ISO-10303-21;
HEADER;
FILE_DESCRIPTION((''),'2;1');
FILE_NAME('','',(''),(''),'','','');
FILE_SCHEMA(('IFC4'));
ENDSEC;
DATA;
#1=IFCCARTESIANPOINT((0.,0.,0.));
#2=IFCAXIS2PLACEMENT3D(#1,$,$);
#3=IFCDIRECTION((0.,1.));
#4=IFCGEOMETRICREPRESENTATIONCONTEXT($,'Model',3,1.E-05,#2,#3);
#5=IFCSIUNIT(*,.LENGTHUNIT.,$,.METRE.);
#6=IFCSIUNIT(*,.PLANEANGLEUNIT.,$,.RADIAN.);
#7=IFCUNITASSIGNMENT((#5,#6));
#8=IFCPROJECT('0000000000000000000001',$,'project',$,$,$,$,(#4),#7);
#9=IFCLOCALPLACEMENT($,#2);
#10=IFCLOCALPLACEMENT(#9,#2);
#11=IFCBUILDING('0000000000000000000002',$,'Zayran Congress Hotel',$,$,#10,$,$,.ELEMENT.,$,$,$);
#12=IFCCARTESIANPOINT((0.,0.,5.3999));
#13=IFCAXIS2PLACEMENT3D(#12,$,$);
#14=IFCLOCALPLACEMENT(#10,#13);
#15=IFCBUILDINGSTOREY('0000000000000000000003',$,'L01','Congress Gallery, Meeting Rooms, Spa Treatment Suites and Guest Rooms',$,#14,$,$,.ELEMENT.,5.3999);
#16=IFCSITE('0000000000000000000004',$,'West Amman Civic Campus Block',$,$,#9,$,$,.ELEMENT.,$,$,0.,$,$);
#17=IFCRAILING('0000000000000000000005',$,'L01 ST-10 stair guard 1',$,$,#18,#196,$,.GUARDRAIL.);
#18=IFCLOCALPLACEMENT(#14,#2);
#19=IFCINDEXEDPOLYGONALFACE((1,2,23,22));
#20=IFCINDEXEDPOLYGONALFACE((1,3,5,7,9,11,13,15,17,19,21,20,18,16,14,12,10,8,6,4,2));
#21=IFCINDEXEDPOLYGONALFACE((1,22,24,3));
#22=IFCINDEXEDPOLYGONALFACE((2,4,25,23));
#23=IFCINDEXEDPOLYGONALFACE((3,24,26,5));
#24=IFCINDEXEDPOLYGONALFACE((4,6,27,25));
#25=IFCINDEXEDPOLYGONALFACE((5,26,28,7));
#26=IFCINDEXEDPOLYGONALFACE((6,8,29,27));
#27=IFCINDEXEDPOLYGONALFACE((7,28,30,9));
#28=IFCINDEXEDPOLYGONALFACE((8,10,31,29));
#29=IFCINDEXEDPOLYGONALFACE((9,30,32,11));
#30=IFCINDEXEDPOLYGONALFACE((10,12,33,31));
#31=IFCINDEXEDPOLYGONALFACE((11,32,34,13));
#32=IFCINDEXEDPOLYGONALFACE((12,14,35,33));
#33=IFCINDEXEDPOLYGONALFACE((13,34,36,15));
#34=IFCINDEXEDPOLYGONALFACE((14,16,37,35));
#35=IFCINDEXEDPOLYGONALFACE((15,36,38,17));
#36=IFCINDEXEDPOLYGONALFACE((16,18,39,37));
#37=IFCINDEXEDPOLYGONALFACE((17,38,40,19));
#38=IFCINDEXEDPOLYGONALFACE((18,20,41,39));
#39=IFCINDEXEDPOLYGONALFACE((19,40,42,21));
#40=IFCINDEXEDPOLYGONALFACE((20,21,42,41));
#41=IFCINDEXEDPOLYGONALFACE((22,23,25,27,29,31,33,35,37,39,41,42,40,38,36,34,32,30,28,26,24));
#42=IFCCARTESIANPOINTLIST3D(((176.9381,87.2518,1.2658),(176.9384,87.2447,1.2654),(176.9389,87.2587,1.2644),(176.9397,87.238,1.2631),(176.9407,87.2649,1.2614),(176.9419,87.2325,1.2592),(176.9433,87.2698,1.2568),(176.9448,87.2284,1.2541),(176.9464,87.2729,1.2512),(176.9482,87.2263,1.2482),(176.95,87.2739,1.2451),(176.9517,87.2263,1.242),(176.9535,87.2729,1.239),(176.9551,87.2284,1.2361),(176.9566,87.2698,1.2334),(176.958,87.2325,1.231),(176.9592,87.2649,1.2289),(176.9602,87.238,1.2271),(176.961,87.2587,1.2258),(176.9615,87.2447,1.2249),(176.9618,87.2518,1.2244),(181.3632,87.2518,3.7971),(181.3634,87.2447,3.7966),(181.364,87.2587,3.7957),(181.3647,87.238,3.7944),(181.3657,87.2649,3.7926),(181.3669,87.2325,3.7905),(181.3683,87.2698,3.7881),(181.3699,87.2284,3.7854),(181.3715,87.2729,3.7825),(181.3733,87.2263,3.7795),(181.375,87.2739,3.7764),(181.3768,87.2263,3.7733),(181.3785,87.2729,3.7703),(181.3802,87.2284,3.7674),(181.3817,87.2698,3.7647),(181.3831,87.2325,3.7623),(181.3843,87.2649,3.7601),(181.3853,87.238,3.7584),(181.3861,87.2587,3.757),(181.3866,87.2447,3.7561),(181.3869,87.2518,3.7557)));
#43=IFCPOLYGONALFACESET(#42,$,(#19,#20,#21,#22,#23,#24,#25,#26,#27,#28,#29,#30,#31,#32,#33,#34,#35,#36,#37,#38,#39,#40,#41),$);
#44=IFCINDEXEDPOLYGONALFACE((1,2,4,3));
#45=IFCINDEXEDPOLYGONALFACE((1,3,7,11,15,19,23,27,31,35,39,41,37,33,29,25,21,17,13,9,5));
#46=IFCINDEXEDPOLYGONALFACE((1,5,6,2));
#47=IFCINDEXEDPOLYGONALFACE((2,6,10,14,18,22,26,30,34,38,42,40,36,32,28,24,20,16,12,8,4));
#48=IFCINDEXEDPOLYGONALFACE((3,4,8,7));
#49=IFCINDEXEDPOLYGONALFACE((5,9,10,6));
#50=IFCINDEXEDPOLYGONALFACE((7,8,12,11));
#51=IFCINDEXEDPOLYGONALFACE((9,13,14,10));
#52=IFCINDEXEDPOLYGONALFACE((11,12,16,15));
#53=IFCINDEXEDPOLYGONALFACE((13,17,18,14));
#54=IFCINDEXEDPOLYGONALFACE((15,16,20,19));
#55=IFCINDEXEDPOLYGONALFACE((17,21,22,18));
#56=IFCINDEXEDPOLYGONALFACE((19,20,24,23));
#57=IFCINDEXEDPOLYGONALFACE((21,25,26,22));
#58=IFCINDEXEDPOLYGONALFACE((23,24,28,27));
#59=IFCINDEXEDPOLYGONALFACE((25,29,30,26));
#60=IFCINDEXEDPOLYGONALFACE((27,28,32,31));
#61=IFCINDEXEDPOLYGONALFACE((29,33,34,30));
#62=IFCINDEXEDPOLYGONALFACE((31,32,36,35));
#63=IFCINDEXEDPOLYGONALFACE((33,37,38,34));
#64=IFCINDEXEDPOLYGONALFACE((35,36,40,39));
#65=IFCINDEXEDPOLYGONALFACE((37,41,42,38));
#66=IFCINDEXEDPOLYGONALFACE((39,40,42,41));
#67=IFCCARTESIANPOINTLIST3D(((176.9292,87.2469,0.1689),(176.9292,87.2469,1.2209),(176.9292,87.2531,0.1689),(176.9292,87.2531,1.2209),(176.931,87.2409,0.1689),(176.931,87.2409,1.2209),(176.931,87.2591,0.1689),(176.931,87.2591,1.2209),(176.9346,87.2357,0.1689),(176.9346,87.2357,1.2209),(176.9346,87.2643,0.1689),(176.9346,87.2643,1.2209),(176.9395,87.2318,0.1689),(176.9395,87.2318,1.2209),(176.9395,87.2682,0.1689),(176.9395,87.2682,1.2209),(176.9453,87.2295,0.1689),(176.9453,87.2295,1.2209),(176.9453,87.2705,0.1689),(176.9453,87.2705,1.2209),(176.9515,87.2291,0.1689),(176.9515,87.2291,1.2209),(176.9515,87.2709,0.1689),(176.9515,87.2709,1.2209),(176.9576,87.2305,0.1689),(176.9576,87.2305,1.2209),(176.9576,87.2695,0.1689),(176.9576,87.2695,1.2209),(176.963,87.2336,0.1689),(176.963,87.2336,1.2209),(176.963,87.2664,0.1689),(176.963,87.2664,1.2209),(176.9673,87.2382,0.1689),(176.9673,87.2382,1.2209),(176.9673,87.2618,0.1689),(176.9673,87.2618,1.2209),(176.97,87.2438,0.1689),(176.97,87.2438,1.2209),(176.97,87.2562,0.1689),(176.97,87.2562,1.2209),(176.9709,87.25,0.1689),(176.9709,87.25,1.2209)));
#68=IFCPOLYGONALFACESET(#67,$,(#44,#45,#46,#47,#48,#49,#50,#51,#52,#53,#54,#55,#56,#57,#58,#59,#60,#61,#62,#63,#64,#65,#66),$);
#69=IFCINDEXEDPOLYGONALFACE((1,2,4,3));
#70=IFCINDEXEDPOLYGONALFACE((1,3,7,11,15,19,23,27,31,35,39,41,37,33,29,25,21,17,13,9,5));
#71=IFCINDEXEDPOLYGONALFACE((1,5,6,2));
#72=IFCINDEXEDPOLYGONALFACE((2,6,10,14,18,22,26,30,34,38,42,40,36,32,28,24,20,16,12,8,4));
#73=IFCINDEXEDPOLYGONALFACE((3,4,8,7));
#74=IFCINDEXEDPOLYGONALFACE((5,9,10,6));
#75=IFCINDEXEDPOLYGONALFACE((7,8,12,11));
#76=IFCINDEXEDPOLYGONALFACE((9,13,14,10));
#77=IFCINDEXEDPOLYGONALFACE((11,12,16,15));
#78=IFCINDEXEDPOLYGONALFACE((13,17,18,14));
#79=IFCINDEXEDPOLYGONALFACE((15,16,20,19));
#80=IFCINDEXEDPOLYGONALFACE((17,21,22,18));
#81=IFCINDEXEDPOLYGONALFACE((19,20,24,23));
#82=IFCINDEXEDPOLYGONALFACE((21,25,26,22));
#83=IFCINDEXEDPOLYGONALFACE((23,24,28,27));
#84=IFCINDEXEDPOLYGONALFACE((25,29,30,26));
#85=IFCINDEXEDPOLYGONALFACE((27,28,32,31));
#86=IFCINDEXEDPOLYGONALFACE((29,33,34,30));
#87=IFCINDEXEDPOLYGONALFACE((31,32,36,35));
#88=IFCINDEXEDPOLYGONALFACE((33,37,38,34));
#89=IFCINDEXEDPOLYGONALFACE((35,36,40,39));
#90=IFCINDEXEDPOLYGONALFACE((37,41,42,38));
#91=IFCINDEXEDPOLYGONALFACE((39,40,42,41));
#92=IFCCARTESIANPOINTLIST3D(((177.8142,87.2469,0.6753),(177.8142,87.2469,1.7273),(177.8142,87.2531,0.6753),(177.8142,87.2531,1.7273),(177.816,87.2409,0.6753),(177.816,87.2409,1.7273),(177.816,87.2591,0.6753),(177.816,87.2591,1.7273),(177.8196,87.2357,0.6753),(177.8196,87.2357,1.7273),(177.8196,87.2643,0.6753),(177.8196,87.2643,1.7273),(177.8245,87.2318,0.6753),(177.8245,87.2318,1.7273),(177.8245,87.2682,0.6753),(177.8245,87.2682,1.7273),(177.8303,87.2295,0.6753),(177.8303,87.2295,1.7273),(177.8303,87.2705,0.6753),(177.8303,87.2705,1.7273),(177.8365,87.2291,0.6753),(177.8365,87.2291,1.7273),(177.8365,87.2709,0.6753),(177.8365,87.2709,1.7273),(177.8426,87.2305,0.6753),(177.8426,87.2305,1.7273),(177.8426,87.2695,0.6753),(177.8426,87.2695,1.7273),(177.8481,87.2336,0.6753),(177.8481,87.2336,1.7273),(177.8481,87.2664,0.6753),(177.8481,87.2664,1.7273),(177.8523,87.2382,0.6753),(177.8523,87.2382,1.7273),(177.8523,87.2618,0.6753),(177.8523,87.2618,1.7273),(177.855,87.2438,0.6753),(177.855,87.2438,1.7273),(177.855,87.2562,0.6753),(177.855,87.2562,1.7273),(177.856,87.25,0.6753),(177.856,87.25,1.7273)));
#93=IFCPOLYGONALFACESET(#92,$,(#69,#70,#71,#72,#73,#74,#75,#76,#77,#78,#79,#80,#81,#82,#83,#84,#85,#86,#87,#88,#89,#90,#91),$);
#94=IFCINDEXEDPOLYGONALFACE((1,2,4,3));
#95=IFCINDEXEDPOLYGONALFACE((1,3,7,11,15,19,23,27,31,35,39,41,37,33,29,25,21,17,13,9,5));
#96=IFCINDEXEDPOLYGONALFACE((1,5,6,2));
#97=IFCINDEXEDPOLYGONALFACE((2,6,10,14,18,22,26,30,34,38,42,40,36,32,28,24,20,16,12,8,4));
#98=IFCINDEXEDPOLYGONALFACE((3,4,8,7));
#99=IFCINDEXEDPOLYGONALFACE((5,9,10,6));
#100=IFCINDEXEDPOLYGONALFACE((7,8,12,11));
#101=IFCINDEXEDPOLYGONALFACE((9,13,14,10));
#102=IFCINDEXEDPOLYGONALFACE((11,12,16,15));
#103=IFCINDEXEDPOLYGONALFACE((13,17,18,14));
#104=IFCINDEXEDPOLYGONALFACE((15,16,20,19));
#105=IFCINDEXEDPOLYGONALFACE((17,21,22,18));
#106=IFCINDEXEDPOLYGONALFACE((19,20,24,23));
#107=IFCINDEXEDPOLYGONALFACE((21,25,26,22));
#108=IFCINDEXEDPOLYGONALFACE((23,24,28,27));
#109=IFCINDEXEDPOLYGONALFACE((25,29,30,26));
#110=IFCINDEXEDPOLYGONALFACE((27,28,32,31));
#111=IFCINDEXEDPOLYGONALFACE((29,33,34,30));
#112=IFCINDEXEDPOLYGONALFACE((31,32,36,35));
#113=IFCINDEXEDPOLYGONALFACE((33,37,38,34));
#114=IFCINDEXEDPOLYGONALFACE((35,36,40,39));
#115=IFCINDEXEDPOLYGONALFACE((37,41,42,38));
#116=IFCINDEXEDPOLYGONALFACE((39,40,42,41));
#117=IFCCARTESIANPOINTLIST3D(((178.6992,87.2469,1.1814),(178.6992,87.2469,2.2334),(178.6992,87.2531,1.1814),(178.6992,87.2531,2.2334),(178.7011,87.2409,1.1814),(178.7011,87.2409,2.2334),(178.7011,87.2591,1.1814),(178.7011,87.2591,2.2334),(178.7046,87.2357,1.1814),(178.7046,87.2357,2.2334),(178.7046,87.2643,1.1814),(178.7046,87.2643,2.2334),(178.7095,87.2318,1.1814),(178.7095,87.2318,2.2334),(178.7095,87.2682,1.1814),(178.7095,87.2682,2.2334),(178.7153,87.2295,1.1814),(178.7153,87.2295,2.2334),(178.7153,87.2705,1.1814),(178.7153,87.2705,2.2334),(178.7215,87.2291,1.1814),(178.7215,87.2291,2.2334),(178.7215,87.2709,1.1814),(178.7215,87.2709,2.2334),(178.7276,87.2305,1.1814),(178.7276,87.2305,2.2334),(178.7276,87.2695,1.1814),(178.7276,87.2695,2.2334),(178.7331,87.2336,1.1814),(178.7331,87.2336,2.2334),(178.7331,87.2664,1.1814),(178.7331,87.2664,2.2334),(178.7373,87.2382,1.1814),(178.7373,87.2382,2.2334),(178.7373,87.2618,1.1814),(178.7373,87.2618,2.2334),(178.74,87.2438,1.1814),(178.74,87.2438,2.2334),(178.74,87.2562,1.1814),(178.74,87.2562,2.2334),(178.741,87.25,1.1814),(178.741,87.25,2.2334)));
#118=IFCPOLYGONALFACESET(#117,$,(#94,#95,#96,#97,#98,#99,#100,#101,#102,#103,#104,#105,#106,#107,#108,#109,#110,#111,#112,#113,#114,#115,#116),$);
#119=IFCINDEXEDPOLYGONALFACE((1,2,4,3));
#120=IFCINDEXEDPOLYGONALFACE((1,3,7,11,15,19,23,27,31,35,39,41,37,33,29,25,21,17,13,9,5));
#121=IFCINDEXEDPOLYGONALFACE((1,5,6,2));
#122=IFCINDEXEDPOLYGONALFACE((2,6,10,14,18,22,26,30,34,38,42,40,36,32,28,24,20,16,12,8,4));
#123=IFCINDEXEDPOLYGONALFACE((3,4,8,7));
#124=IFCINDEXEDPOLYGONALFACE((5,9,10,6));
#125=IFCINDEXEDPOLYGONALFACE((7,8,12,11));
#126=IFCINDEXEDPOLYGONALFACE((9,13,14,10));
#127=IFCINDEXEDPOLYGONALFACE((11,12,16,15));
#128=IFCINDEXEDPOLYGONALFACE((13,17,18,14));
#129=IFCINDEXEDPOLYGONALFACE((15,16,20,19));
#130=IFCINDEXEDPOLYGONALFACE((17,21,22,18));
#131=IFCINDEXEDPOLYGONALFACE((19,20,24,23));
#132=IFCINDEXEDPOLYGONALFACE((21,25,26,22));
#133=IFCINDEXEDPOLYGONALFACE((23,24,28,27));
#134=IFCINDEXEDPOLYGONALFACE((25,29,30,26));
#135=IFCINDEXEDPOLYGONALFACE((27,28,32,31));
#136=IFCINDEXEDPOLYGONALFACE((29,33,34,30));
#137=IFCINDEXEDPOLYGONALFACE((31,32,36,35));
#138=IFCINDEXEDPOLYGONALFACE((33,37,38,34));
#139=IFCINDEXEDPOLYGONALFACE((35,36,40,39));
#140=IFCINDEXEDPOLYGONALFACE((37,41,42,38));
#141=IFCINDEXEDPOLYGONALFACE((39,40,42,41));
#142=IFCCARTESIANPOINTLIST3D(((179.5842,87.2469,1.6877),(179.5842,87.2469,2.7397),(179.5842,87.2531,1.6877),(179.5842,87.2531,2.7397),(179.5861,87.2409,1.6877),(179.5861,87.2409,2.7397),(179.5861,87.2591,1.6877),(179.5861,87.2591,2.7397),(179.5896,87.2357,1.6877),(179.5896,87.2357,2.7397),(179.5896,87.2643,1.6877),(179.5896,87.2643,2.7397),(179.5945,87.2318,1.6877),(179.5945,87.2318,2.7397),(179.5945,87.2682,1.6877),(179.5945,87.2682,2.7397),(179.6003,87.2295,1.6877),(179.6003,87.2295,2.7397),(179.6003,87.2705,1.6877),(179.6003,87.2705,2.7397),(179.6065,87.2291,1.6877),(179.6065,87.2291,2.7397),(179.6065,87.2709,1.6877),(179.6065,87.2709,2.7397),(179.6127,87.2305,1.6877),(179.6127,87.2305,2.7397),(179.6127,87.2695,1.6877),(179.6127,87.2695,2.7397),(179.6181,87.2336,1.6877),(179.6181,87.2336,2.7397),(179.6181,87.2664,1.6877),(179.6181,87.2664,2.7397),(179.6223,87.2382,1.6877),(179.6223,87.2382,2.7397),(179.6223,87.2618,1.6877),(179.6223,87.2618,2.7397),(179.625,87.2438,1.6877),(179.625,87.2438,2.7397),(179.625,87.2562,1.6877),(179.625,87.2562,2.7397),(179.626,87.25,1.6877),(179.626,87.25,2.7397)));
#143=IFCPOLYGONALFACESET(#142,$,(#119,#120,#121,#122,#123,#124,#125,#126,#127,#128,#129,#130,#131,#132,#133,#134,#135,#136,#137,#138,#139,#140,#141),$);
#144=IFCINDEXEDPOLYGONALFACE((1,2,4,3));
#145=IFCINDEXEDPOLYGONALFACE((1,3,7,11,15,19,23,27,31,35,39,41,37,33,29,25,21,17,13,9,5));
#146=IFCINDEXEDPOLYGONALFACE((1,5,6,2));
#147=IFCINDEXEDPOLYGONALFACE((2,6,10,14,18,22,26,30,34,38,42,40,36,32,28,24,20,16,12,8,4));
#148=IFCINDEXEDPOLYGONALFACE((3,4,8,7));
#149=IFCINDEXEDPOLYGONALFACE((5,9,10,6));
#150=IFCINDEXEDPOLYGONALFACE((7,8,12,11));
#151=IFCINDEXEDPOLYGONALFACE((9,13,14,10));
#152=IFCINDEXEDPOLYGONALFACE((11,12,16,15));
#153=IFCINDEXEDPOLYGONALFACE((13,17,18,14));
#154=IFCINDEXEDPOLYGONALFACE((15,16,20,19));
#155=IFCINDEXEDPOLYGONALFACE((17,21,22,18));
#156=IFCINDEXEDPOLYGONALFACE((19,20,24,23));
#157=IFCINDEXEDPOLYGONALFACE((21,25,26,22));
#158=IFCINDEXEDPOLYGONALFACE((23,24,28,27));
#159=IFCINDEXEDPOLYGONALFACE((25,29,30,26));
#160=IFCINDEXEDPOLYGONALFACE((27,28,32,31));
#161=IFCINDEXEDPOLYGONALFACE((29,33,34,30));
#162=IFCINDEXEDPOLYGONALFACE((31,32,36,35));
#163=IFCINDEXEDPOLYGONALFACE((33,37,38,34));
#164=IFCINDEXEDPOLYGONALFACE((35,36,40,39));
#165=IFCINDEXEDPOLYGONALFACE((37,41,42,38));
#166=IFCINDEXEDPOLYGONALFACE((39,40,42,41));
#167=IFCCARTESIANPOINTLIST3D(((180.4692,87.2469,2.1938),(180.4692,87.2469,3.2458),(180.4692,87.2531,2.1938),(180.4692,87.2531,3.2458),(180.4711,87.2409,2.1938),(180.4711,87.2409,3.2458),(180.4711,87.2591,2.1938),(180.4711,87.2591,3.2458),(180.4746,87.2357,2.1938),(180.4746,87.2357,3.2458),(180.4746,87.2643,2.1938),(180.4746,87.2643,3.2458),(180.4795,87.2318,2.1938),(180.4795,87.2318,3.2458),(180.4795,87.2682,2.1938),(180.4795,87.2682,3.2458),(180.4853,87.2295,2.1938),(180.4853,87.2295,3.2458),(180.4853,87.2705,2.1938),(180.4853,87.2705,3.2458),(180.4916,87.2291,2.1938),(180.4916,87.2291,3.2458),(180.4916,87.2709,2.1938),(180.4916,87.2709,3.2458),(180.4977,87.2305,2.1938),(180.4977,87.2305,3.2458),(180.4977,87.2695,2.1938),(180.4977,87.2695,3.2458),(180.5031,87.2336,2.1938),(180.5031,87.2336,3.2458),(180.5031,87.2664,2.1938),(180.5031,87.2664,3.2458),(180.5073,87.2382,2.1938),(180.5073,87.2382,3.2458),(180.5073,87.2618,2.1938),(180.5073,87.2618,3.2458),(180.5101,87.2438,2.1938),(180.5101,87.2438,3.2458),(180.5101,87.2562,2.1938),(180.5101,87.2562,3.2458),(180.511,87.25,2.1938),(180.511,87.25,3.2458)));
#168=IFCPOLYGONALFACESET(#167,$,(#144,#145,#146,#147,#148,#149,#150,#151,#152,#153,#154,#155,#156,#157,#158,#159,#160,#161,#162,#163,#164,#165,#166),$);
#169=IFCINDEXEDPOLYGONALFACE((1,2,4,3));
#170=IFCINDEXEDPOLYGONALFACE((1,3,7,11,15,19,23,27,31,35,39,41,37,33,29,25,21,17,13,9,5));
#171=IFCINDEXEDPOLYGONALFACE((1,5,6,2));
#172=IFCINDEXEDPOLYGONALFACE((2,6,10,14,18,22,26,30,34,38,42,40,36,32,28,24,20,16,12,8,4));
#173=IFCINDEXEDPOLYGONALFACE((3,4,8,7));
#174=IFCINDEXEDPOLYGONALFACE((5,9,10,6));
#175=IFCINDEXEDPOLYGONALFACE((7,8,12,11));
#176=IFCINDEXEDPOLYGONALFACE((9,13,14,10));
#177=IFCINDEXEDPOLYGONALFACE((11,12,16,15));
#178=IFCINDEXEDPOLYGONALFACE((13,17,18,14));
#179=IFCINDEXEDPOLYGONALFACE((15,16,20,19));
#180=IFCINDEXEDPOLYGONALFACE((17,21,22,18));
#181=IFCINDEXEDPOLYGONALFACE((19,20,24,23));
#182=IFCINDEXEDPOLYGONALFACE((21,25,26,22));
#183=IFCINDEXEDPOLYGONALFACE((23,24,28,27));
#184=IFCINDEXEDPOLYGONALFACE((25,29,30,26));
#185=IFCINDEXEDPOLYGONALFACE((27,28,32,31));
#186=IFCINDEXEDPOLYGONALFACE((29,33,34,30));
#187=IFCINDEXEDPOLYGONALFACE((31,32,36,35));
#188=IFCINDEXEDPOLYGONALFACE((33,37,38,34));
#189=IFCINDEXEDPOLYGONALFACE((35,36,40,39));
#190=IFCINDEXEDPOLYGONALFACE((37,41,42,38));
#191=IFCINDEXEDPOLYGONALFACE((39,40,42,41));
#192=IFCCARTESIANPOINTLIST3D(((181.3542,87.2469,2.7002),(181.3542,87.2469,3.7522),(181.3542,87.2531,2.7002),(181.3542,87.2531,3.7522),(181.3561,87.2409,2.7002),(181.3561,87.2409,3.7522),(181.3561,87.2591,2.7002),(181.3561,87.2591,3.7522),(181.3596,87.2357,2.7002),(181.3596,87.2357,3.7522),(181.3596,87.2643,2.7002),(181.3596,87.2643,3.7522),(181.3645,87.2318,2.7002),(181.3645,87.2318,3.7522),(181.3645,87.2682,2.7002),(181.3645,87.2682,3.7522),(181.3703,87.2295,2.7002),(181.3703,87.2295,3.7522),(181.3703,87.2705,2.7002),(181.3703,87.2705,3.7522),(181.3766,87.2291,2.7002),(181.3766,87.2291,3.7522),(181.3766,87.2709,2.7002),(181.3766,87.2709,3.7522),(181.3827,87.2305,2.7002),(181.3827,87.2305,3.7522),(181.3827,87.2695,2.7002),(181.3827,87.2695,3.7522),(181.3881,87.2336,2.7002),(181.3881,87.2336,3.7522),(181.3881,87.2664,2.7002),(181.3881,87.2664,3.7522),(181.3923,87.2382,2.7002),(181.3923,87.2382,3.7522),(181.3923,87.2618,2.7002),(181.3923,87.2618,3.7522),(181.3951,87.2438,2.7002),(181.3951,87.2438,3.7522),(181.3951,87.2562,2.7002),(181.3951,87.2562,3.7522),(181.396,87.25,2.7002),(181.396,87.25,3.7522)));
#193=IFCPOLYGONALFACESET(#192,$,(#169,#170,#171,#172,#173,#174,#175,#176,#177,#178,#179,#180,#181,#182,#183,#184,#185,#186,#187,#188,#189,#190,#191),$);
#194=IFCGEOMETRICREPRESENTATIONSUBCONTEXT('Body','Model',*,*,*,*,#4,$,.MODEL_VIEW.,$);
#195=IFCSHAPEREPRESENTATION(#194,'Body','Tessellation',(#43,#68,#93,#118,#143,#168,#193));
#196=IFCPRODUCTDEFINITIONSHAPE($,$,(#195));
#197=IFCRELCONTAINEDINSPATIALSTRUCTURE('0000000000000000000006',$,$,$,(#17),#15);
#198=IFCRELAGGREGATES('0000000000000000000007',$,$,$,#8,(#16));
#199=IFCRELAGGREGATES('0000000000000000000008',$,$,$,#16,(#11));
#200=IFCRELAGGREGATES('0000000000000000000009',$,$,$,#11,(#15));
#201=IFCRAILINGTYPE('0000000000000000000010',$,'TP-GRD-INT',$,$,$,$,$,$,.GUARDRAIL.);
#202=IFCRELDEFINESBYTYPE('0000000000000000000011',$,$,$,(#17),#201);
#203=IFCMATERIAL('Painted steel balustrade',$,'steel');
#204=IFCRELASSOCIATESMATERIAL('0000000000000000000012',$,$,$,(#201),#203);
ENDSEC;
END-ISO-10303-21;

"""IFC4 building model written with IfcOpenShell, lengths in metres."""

from ifc_helpers import new_model, si_unit, direction, frame, origin, origin_2d, place, context, subcontext, project, spatial, circle, extrude, material, type_object, element, save


model = new_model("IFC4")

# Units and contexts
model_context = context("Model", 3, precision=1e-05, world=origin(), true_north=direction((0.0, 1.0)))
body_context = subcontext(model_context, "Body", "Model", "MODEL_VIEW")
ifc_project = project(units=[si_unit("LENGTHUNIT", "METRE"), si_unit("PLANEANGLEUNIT", "RADIAN")], contexts=[model_context])

# Site, building, storey
site_placement = place(None, origin())
site = spatial("IfcSite", under=ifc_project, at=site_placement, Name="West Amman Civic Campus Block", CompositionType="ELEMENT", RefElevation=0.0)
building_placement = place(site_placement, origin())
building = spatial("IfcBuilding", under=site, at=building_placement, Name="Zayran Congress Hotel", CompositionType="ELEMENT")
storey_placement = place(building_placement, frame((0.0, 0.0, 5.3999)))
storey = spatial("IfcBuildingStorey", under=building, at=storey_placement, Name="L01", Description="Congress Gallery, Meeting Rooms, Spa Treatment Suites and Guest Rooms", CompositionType="ELEMENT", Elevation=5.3999)

# Railing
ifc_material_1 = material(Name="Painted steel balustrade", Category="steel")
railing_type_1 = type_object("IfcRailingType", Name="TP-GRD-INT", PredefinedType="GUARDRAIL", material=ifc_material_1)
railing_1_placement = place(storey_placement, frame((176.95, 87.25, 0.1689)))
element("IfcRailing", 1, at=railing_1_placement, inside=storey, type_object=railing_type_1, Name="L01 ST-10 stair guard 1", PredefinedType="GUARDRAIL", context=body_context, shape_type="SweptSolid", body=[
    extrude(circle(Radius=0.0239, at=origin_2d()), frame((0.0, 0.0, 1.0762), z_axis=(0.868019, 0.0, 0.496531), x_axis=(0.0, 1.0, 0.0)), (0.0, 0.0, 1.0), 5.0979),
    extrude(circle(Radius=0.021, at=origin_2d()), origin(), (0.0, 0.0, 1.0), 1.052),
    extrude(circle(Radius=0.021, at=origin_2d()), frame((0.885, 0.0, 0.5063)), (0.0, 0.0, 1.0), 1.052),
    extrude(circle(Radius=0.021, at=origin_2d()), frame((1.77, 0.0, 1.0125)), (0.0, 0.0, 1.0), 1.052),
    extrude(circle(Radius=0.021, at=origin_2d()), frame((2.655, 0.0, 1.5188)), (0.0, 0.0, 1.0), 1.052),
    extrude(circle(Radius=0.021, at=origin_2d()), frame((3.54, 0.0, 2.0249)), (0.0, 0.0, 1.0), 1.052),
    extrude(circle(Radius=0.021, at=origin_2d()), frame((4.425, 0.0, 2.5312)), (0.0, 0.0, 1.0), 1.052),
])

save(model, "model.ifc")
